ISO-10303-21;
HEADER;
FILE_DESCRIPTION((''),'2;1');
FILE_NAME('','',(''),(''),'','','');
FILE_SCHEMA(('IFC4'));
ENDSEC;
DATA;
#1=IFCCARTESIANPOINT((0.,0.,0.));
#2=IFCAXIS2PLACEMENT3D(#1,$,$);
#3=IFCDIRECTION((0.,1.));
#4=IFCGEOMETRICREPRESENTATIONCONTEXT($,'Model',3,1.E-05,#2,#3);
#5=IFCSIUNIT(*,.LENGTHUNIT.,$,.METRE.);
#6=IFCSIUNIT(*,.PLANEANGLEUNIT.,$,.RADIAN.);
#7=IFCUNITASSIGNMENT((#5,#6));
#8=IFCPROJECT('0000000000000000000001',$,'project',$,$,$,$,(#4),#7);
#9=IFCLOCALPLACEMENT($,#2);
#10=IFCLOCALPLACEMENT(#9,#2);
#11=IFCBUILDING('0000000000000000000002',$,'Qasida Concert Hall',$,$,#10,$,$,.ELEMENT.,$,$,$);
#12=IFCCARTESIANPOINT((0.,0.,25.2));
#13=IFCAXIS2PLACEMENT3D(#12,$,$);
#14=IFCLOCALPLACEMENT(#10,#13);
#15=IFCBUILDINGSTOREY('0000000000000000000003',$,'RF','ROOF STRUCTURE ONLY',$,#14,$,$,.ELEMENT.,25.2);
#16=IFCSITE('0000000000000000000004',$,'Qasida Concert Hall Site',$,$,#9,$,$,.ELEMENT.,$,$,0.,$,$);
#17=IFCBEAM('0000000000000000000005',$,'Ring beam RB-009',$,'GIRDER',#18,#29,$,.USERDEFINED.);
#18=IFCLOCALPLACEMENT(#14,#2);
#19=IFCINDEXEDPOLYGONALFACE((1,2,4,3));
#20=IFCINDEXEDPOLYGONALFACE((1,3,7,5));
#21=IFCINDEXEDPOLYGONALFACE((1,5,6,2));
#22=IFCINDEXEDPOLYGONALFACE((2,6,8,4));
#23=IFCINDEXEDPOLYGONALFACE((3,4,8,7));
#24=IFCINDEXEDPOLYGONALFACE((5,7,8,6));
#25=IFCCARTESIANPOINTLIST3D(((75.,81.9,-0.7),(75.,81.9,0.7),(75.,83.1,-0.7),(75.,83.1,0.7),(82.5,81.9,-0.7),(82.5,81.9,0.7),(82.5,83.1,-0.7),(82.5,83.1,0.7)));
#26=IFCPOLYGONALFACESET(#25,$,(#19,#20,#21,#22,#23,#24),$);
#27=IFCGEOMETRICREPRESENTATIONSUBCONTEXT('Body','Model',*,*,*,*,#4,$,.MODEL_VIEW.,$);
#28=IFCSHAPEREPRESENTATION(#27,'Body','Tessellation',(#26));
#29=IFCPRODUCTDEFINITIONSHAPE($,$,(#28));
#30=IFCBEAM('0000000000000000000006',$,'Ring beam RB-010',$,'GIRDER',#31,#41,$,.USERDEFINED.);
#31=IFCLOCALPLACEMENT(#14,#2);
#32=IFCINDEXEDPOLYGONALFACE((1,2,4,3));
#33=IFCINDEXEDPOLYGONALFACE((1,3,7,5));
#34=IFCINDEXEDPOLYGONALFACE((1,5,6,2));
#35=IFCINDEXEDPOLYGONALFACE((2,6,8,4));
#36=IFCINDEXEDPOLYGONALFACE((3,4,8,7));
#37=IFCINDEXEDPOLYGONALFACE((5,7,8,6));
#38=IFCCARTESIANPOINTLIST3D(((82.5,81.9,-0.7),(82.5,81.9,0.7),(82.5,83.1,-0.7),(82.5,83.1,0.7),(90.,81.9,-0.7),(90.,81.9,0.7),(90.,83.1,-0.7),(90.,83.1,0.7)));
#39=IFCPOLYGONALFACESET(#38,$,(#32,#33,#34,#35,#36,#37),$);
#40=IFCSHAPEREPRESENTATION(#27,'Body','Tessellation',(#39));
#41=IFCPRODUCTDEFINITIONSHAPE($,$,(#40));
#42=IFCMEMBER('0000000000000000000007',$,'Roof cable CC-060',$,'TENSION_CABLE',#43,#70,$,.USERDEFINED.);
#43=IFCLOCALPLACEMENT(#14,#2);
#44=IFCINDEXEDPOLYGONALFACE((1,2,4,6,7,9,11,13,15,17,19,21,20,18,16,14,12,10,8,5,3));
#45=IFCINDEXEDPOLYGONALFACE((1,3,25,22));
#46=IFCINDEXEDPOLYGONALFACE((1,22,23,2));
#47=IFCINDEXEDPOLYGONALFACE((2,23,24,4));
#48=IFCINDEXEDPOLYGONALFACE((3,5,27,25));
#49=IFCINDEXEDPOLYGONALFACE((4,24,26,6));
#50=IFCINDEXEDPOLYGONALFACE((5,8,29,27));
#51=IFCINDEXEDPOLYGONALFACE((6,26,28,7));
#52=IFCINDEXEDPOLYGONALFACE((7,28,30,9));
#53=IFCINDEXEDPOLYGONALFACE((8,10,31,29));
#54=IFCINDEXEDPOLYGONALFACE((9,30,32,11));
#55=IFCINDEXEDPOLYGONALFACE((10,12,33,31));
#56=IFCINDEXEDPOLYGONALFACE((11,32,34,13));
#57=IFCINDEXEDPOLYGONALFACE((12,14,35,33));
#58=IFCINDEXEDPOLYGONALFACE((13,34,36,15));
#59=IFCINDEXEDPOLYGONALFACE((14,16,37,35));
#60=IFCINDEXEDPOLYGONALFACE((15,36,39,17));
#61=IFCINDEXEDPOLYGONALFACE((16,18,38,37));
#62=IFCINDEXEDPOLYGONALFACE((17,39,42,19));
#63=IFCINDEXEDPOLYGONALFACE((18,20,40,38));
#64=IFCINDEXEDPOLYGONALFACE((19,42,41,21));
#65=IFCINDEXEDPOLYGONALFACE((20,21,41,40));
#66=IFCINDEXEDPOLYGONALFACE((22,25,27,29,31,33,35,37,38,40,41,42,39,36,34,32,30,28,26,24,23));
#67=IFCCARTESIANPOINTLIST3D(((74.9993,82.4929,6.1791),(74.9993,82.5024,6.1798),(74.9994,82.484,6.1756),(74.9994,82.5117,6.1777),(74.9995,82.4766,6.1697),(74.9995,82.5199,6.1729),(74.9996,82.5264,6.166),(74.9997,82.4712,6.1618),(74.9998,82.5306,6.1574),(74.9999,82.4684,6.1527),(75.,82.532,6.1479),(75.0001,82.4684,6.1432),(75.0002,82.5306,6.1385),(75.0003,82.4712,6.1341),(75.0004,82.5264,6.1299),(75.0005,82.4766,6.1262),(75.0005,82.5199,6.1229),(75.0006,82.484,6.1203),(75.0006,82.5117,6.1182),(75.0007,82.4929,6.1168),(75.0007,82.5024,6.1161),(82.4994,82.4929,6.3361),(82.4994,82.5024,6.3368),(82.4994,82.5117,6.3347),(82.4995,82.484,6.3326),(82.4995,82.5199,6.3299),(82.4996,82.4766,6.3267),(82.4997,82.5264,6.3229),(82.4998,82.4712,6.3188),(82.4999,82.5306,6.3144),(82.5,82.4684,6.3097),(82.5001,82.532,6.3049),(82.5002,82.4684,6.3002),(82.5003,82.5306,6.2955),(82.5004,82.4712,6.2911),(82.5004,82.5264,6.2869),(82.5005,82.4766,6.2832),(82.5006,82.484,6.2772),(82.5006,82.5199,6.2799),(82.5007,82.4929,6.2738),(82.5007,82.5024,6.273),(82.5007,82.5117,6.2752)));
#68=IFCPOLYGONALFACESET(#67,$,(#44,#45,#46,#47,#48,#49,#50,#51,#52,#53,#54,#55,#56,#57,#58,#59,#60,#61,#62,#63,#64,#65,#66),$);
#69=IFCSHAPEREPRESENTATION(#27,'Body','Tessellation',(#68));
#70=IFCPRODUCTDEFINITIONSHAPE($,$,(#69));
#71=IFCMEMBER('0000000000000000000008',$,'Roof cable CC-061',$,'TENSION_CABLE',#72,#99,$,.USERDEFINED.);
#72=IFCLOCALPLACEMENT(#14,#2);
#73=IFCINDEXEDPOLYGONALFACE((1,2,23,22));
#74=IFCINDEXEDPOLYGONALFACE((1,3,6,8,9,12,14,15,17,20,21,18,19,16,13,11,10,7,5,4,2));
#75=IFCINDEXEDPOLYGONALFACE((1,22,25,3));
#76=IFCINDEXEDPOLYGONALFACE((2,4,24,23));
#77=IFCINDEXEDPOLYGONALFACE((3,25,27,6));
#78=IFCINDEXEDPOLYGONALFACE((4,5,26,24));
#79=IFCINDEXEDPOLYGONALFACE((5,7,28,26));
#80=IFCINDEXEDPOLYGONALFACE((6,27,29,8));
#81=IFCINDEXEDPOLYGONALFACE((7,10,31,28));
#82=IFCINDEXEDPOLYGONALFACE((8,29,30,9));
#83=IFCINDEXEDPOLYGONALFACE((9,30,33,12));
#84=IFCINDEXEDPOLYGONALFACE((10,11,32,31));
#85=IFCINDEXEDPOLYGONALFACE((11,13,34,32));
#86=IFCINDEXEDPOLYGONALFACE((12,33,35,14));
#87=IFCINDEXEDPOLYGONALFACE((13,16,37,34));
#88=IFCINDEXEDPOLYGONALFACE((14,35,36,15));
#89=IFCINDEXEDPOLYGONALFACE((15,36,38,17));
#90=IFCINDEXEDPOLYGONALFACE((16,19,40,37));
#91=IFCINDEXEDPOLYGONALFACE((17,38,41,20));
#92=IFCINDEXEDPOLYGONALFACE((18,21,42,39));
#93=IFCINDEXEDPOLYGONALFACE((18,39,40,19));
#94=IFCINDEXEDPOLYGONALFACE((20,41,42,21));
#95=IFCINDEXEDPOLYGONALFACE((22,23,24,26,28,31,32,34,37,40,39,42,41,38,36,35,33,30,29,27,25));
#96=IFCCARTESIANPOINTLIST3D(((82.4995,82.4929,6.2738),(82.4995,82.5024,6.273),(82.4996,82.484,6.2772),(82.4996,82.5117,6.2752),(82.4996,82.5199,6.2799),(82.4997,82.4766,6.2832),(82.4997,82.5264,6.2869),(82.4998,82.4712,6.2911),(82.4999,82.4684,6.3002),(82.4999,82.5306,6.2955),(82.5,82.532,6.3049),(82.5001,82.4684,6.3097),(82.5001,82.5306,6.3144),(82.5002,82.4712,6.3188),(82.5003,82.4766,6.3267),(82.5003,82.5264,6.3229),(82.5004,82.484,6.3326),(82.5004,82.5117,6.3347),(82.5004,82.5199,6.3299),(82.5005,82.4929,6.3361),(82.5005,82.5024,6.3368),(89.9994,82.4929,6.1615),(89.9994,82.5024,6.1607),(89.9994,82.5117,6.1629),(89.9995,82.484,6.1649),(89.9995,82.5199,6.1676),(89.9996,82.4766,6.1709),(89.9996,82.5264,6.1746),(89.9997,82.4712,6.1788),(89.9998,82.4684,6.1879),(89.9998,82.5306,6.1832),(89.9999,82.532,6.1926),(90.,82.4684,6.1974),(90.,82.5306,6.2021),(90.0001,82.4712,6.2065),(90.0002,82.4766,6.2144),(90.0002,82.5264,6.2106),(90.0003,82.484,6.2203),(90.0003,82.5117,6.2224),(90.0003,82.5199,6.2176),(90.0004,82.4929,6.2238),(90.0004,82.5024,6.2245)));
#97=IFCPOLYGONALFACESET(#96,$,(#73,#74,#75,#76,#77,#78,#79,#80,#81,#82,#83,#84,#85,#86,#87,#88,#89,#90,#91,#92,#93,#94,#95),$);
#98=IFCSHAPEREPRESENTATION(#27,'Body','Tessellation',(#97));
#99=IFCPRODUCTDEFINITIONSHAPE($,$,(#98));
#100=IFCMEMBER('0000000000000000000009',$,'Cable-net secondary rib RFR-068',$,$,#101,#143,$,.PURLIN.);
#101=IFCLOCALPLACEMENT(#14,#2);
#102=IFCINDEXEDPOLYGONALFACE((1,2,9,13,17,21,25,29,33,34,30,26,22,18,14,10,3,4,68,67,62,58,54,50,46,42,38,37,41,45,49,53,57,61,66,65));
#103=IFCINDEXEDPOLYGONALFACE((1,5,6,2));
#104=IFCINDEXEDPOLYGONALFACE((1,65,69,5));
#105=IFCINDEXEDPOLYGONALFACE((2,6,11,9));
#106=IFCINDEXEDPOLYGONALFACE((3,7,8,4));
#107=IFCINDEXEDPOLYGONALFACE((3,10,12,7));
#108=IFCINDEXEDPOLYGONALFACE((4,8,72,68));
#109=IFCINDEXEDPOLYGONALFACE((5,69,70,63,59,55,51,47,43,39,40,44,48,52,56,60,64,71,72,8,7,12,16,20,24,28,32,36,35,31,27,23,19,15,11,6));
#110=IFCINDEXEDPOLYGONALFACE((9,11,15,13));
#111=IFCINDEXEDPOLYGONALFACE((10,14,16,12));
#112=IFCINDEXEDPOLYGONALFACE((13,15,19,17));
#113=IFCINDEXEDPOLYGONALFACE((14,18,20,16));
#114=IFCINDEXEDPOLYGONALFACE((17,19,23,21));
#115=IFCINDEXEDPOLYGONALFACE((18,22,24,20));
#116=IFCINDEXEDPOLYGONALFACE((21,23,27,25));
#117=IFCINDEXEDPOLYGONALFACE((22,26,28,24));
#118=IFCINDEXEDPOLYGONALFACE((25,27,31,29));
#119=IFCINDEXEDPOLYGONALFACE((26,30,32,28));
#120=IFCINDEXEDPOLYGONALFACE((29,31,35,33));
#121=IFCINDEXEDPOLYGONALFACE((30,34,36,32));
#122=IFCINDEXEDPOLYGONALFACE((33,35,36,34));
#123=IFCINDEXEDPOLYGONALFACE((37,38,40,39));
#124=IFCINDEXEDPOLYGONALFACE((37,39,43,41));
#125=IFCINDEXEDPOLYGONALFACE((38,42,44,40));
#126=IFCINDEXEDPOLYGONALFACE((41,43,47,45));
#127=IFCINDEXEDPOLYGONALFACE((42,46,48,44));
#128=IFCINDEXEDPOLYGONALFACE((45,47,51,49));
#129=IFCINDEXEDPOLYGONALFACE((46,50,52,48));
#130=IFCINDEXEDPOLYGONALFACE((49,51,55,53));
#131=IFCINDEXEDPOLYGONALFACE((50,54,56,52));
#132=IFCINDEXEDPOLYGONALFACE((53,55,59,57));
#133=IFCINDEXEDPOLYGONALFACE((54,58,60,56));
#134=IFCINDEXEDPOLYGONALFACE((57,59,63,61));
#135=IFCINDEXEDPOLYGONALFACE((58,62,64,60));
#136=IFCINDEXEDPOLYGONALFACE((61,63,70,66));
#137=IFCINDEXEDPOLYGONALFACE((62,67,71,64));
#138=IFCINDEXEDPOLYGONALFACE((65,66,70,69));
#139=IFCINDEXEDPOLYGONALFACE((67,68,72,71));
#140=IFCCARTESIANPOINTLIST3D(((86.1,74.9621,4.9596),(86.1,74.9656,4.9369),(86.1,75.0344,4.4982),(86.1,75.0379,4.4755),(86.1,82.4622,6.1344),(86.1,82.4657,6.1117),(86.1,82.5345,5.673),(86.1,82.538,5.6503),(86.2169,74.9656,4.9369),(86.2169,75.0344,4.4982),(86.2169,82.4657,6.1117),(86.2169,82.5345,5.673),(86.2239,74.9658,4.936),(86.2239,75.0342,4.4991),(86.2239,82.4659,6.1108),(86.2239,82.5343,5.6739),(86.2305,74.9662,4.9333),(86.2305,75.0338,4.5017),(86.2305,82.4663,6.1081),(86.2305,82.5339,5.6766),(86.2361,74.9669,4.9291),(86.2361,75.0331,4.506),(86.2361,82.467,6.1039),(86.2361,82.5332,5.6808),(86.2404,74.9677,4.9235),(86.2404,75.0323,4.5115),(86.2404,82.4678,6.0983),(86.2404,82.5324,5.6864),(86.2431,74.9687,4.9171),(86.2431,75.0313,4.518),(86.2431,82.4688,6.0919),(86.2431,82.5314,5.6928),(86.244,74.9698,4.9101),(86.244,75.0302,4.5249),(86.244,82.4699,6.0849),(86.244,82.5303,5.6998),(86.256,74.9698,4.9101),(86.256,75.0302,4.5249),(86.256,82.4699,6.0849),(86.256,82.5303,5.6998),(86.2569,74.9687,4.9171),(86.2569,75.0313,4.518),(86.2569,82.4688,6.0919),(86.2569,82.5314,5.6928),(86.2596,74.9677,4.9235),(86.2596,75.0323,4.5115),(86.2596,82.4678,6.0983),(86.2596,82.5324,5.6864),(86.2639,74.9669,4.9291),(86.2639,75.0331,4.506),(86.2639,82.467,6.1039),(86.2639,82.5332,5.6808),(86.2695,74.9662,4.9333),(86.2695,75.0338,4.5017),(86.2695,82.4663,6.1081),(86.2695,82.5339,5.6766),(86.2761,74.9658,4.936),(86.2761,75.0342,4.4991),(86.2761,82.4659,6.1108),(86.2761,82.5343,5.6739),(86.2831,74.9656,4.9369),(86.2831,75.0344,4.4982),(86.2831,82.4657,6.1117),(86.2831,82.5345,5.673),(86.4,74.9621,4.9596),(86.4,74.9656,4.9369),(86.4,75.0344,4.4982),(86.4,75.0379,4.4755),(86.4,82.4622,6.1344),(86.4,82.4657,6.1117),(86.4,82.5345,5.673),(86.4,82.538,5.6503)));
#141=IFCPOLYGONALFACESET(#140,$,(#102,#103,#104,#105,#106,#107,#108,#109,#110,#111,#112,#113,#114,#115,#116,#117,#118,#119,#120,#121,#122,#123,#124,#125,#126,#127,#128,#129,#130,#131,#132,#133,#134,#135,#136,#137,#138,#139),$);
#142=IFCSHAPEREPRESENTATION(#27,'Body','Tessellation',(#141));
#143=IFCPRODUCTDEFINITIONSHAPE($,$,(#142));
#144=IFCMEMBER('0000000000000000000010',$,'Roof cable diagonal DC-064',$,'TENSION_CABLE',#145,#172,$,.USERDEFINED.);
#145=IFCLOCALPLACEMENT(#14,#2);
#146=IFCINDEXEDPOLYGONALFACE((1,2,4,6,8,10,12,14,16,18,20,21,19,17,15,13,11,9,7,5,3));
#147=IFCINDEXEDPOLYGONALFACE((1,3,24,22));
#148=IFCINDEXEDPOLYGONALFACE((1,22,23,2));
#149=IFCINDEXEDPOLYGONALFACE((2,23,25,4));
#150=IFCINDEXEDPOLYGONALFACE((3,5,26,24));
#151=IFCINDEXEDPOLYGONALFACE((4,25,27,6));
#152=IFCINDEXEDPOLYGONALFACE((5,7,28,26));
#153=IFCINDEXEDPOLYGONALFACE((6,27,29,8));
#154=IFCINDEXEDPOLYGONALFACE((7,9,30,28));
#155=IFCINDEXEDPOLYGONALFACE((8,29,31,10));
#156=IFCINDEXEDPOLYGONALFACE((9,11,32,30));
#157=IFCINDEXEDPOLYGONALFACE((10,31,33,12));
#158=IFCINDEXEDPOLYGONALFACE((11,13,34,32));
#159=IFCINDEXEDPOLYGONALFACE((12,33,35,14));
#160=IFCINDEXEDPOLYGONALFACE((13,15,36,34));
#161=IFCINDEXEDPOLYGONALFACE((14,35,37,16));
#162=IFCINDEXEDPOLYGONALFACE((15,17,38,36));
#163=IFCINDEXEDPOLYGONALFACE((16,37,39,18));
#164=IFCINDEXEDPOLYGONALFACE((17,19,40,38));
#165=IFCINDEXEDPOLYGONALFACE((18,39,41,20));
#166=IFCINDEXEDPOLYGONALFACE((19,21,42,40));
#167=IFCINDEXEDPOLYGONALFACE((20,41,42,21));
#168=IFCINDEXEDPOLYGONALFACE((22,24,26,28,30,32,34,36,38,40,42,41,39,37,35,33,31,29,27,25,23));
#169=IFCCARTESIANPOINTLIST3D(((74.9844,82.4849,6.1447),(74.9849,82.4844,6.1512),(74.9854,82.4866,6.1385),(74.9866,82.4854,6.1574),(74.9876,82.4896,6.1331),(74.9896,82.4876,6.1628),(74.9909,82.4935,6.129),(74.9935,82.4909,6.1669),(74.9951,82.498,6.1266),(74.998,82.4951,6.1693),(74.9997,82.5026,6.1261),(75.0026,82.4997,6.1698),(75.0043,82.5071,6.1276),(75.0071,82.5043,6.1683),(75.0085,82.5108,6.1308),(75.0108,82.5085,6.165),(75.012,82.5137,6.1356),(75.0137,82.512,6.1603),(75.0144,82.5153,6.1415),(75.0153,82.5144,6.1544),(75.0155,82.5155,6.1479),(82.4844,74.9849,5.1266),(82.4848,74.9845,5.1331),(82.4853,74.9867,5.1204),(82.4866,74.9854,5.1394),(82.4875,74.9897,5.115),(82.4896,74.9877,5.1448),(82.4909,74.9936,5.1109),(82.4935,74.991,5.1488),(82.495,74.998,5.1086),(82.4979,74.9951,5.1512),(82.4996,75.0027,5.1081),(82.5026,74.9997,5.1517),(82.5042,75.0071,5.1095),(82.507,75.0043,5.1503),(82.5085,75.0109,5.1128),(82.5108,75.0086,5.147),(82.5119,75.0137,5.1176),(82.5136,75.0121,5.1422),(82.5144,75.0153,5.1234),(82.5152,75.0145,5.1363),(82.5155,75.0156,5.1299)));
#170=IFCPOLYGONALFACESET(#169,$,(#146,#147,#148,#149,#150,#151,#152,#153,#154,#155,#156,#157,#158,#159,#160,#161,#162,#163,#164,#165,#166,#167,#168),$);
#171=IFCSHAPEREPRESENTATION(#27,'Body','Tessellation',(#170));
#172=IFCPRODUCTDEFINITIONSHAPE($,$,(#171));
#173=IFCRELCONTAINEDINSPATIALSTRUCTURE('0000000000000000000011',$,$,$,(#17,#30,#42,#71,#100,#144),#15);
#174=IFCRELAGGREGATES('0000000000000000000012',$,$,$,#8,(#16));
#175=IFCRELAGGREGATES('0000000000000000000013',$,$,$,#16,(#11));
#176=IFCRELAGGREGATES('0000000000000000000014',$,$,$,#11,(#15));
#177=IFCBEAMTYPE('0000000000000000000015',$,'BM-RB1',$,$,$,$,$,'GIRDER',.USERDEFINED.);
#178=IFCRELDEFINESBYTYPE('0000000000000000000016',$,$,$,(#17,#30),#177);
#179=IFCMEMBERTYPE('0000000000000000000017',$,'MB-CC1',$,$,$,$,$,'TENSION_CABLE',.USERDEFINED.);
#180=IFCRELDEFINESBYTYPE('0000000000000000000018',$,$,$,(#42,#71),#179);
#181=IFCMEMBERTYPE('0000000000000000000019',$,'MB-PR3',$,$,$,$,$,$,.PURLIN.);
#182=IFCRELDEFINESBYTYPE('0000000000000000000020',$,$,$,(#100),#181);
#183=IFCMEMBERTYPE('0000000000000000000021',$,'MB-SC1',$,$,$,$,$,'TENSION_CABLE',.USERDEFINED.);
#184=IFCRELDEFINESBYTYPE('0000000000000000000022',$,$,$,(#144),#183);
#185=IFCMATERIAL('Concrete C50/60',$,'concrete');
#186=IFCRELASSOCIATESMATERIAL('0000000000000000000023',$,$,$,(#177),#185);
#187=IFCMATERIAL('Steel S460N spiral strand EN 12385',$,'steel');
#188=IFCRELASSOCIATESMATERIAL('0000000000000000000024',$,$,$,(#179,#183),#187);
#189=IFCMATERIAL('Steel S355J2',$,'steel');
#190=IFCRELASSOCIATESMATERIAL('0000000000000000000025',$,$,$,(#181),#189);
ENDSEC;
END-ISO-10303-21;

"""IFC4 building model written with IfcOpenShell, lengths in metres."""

from ifc_helpers import new_model, si_unit, direction, frame, origin, origin_2d, place, context, subcontext, project, spatial, rectangle, circle, i_section, extrude, material, material_profile, profile_set, type_object, element, save


model = new_model("IFC4")

# Units and contexts
model_context = context("Model", 3, precision=1e-05, world=origin(), true_north=direction((0.0, 1.0)))
body_context = subcontext(model_context, "Body", "Model", "MODEL_VIEW")
ifc_project = project(units=[si_unit("LENGTHUNIT", "METRE"), si_unit("PLANEANGLEUNIT", "RADIAN")], contexts=[model_context])

# Site, building, storey
site_placement = place(None, origin())
site = spatial("IfcSite", under=ifc_project, at=site_placement, Name="Qasida Concert Hall Site", CompositionType="ELEMENT", RefElevation=0.0)
building_placement = place(site_placement, origin())
building = spatial("IfcBuilding", under=site, at=building_placement, Name="Qasida Concert Hall", CompositionType="ELEMENT")
storey_placement = place(building_placement, frame((0.0, 0.0, 25.2)))
storey = spatial("IfcBuildingStorey", under=building, at=storey_placement, Name="RF", Description="ROOF STRUCTURE ONLY", CompositionType="ELEMENT", Elevation=25.2)

# Beams
ifc_material_1 = material(Name="Concrete C50/60", Category="concrete")
ifc_material_profile_1 = material_profile(ifc_material_1, rectangle(XDim=1.2, YDim=1.3999, at=origin_2d()), Name="RC 1200x1400")
ifc_profile_set_1 = profile_set([ifc_material_profile_1], Name="Concrete C50/60")
beam_type = type_object("IfcBeamType", Name="BM-RB1", ElementType="GIRDER", PredefinedType="USERDEFINED", material=ifc_profile_set_1)
for number, where, z_axis, x_axis, name in (
    (1, (75.0, 82.5, 0.0), (1.0, 0.0, 0.0), (0.0, 1.0, 0.0), "Ring beam RB-009"),
    (2, (82.5, 82.5, 0.0), (1.0, 0.0, 0.0), (0.0, 1.0, 0.0), "Ring beam RB-010"),
):
    element("IfcBeam", number, at=place(storey_placement, frame(where, z_axis=z_axis, x_axis=x_axis)), inside=storey, type_object=beam_type, Name=name, ObjectType="GIRDER", PredefinedType="USERDEFINED", context=body_context, shape_type="SweptSolid", body=[
        extrude(rectangle(XDim=1.2, YDim=1.3999, at=origin_2d()), origin(), (0.0, 0.0, 1.0), 7.5),
    ])

# Members
ifc_material_2 = material(Name="Steel S460N spiral strand EN 12385", Category="steel")
ifc_material_profile_2 = material_profile(ifc_material_2, circle(Radius=0.032, at=origin_2d()), Name="STRAND D64")
ifc_profile_set_2 = profile_set([ifc_material_profile_2], Name="Steel S460N spiral strand EN 12385")
member_type_1 = type_object("IfcMemberType", Name="MB-CC1", ElementType="TENSION_CABLE", PredefinedType="USERDEFINED", material=ifc_profile_set_2)
member_1_placement = place(storey_placement, frame((75.0, 82.5, 6.1479), z_axis=(0.999781, 0.0, 0.020926), x_axis=(0.0, 1.0, 0.0)))
element("IfcMember", 3, at=member_1_placement, inside=storey, type_object=member_type_1, Name="Roof cable CC-060", ObjectType="TENSION_CABLE", PredefinedType="USERDEFINED", context=body_context, shape_type="SweptSolid", body=[
    extrude(circle(Radius=0.032, at=origin_2d()), origin(), (0.0, 0.0, 1.0), 7.5017),
])
member_2_placement = place(storey_placement, frame((82.5, 82.5, 6.3049), z_axis=(0.999888, 0.0, -0.014972), x_axis=(0.0, 1.0, 0.0)))
element("IfcMember", 4, at=member_2_placement, inside=storey, type_object=member_type_1, Name="Roof cable CC-061", ObjectType="TENSION_CABLE", PredefinedType="USERDEFINED", context=body_context, shape_type="SweptSolid", body=[
    extrude(circle(Radius=0.032, at=origin_2d()), origin(), (0.0, 0.0, 1.0), 7.5007),
])
ifc_material_3 = material(Name="Steel S355J2", Category="steel")
ifc_material_profile_3 = material_profile(ifc_material_3, i_section(OverallWidth=0.3, OverallDepth=0.49, WebThickness=0.012, FlangeThickness=0.0229, FilletRadius=0.0271, at=origin_2d()), Name="HEA 500")
ifc_profile_set_3 = profile_set([ifc_material_profile_3], Name="Steel S355J2")
member_type_2 = type_object("IfcMemberType", Name="MB-PR3", PredefinedType="PURLIN", material=ifc_profile_set_3)
member_3_placement = place(storey_placement, frame((86.25, 75.0, 4.7175), z_axis=(0.0, 0.987953, 0.154754), x_axis=(-1.0, 0.0, 0.0)))
element("IfcMember", 5, at=member_3_placement, inside=storey, type_object=member_type_2, Name="Cable-net secondary rib RFR-068", PredefinedType="PURLIN", context=body_context, shape_type="SweptSolid", body=[
    extrude(i_section(OverallWidth=0.3, OverallDepth=0.49, WebThickness=0.012, FlangeThickness=0.0229, FilletRadius=0.0271, at=origin_2d()), origin(), (0.0, 0.0, 1.0), 7.5916),
])
ifc_material_profile_4 = material_profile(ifc_material_2, circle(Radius=0.022, at=origin_2d()), Name="STRAND D44")
ifc_profile_set_4 = profile_set([ifc_material_profile_4], Name="Steel S460N spiral strand EN 12385")
member_type_3 = type_object("IfcMemberType", Name="MB-SC1", ElementType="TENSION_CABLE", PredefinedType="USERDEFINED", material=ifc_profile_set_4)
member_4_placement = place(storey_placement, frame((75.0, 82.5, 6.1479), z_axis=(0.703872, -0.703872, -0.095545), x_axis=(0.707107, 0.707107, 0.0)))
element("IfcMember", 6, at=member_4_placement, inside=storey, type_object=member_type_3, Name="Roof cable diagonal DC-064", ObjectType="TENSION_CABLE", PredefinedType="USERDEFINED", context=body_context, shape_type="SweptSolid", body=[
    extrude(circle(Radius=0.022, at=origin_2d()), origin(), (0.0, 0.0, 1.0), 10.6553),
])

save(model, "model.ifc")
